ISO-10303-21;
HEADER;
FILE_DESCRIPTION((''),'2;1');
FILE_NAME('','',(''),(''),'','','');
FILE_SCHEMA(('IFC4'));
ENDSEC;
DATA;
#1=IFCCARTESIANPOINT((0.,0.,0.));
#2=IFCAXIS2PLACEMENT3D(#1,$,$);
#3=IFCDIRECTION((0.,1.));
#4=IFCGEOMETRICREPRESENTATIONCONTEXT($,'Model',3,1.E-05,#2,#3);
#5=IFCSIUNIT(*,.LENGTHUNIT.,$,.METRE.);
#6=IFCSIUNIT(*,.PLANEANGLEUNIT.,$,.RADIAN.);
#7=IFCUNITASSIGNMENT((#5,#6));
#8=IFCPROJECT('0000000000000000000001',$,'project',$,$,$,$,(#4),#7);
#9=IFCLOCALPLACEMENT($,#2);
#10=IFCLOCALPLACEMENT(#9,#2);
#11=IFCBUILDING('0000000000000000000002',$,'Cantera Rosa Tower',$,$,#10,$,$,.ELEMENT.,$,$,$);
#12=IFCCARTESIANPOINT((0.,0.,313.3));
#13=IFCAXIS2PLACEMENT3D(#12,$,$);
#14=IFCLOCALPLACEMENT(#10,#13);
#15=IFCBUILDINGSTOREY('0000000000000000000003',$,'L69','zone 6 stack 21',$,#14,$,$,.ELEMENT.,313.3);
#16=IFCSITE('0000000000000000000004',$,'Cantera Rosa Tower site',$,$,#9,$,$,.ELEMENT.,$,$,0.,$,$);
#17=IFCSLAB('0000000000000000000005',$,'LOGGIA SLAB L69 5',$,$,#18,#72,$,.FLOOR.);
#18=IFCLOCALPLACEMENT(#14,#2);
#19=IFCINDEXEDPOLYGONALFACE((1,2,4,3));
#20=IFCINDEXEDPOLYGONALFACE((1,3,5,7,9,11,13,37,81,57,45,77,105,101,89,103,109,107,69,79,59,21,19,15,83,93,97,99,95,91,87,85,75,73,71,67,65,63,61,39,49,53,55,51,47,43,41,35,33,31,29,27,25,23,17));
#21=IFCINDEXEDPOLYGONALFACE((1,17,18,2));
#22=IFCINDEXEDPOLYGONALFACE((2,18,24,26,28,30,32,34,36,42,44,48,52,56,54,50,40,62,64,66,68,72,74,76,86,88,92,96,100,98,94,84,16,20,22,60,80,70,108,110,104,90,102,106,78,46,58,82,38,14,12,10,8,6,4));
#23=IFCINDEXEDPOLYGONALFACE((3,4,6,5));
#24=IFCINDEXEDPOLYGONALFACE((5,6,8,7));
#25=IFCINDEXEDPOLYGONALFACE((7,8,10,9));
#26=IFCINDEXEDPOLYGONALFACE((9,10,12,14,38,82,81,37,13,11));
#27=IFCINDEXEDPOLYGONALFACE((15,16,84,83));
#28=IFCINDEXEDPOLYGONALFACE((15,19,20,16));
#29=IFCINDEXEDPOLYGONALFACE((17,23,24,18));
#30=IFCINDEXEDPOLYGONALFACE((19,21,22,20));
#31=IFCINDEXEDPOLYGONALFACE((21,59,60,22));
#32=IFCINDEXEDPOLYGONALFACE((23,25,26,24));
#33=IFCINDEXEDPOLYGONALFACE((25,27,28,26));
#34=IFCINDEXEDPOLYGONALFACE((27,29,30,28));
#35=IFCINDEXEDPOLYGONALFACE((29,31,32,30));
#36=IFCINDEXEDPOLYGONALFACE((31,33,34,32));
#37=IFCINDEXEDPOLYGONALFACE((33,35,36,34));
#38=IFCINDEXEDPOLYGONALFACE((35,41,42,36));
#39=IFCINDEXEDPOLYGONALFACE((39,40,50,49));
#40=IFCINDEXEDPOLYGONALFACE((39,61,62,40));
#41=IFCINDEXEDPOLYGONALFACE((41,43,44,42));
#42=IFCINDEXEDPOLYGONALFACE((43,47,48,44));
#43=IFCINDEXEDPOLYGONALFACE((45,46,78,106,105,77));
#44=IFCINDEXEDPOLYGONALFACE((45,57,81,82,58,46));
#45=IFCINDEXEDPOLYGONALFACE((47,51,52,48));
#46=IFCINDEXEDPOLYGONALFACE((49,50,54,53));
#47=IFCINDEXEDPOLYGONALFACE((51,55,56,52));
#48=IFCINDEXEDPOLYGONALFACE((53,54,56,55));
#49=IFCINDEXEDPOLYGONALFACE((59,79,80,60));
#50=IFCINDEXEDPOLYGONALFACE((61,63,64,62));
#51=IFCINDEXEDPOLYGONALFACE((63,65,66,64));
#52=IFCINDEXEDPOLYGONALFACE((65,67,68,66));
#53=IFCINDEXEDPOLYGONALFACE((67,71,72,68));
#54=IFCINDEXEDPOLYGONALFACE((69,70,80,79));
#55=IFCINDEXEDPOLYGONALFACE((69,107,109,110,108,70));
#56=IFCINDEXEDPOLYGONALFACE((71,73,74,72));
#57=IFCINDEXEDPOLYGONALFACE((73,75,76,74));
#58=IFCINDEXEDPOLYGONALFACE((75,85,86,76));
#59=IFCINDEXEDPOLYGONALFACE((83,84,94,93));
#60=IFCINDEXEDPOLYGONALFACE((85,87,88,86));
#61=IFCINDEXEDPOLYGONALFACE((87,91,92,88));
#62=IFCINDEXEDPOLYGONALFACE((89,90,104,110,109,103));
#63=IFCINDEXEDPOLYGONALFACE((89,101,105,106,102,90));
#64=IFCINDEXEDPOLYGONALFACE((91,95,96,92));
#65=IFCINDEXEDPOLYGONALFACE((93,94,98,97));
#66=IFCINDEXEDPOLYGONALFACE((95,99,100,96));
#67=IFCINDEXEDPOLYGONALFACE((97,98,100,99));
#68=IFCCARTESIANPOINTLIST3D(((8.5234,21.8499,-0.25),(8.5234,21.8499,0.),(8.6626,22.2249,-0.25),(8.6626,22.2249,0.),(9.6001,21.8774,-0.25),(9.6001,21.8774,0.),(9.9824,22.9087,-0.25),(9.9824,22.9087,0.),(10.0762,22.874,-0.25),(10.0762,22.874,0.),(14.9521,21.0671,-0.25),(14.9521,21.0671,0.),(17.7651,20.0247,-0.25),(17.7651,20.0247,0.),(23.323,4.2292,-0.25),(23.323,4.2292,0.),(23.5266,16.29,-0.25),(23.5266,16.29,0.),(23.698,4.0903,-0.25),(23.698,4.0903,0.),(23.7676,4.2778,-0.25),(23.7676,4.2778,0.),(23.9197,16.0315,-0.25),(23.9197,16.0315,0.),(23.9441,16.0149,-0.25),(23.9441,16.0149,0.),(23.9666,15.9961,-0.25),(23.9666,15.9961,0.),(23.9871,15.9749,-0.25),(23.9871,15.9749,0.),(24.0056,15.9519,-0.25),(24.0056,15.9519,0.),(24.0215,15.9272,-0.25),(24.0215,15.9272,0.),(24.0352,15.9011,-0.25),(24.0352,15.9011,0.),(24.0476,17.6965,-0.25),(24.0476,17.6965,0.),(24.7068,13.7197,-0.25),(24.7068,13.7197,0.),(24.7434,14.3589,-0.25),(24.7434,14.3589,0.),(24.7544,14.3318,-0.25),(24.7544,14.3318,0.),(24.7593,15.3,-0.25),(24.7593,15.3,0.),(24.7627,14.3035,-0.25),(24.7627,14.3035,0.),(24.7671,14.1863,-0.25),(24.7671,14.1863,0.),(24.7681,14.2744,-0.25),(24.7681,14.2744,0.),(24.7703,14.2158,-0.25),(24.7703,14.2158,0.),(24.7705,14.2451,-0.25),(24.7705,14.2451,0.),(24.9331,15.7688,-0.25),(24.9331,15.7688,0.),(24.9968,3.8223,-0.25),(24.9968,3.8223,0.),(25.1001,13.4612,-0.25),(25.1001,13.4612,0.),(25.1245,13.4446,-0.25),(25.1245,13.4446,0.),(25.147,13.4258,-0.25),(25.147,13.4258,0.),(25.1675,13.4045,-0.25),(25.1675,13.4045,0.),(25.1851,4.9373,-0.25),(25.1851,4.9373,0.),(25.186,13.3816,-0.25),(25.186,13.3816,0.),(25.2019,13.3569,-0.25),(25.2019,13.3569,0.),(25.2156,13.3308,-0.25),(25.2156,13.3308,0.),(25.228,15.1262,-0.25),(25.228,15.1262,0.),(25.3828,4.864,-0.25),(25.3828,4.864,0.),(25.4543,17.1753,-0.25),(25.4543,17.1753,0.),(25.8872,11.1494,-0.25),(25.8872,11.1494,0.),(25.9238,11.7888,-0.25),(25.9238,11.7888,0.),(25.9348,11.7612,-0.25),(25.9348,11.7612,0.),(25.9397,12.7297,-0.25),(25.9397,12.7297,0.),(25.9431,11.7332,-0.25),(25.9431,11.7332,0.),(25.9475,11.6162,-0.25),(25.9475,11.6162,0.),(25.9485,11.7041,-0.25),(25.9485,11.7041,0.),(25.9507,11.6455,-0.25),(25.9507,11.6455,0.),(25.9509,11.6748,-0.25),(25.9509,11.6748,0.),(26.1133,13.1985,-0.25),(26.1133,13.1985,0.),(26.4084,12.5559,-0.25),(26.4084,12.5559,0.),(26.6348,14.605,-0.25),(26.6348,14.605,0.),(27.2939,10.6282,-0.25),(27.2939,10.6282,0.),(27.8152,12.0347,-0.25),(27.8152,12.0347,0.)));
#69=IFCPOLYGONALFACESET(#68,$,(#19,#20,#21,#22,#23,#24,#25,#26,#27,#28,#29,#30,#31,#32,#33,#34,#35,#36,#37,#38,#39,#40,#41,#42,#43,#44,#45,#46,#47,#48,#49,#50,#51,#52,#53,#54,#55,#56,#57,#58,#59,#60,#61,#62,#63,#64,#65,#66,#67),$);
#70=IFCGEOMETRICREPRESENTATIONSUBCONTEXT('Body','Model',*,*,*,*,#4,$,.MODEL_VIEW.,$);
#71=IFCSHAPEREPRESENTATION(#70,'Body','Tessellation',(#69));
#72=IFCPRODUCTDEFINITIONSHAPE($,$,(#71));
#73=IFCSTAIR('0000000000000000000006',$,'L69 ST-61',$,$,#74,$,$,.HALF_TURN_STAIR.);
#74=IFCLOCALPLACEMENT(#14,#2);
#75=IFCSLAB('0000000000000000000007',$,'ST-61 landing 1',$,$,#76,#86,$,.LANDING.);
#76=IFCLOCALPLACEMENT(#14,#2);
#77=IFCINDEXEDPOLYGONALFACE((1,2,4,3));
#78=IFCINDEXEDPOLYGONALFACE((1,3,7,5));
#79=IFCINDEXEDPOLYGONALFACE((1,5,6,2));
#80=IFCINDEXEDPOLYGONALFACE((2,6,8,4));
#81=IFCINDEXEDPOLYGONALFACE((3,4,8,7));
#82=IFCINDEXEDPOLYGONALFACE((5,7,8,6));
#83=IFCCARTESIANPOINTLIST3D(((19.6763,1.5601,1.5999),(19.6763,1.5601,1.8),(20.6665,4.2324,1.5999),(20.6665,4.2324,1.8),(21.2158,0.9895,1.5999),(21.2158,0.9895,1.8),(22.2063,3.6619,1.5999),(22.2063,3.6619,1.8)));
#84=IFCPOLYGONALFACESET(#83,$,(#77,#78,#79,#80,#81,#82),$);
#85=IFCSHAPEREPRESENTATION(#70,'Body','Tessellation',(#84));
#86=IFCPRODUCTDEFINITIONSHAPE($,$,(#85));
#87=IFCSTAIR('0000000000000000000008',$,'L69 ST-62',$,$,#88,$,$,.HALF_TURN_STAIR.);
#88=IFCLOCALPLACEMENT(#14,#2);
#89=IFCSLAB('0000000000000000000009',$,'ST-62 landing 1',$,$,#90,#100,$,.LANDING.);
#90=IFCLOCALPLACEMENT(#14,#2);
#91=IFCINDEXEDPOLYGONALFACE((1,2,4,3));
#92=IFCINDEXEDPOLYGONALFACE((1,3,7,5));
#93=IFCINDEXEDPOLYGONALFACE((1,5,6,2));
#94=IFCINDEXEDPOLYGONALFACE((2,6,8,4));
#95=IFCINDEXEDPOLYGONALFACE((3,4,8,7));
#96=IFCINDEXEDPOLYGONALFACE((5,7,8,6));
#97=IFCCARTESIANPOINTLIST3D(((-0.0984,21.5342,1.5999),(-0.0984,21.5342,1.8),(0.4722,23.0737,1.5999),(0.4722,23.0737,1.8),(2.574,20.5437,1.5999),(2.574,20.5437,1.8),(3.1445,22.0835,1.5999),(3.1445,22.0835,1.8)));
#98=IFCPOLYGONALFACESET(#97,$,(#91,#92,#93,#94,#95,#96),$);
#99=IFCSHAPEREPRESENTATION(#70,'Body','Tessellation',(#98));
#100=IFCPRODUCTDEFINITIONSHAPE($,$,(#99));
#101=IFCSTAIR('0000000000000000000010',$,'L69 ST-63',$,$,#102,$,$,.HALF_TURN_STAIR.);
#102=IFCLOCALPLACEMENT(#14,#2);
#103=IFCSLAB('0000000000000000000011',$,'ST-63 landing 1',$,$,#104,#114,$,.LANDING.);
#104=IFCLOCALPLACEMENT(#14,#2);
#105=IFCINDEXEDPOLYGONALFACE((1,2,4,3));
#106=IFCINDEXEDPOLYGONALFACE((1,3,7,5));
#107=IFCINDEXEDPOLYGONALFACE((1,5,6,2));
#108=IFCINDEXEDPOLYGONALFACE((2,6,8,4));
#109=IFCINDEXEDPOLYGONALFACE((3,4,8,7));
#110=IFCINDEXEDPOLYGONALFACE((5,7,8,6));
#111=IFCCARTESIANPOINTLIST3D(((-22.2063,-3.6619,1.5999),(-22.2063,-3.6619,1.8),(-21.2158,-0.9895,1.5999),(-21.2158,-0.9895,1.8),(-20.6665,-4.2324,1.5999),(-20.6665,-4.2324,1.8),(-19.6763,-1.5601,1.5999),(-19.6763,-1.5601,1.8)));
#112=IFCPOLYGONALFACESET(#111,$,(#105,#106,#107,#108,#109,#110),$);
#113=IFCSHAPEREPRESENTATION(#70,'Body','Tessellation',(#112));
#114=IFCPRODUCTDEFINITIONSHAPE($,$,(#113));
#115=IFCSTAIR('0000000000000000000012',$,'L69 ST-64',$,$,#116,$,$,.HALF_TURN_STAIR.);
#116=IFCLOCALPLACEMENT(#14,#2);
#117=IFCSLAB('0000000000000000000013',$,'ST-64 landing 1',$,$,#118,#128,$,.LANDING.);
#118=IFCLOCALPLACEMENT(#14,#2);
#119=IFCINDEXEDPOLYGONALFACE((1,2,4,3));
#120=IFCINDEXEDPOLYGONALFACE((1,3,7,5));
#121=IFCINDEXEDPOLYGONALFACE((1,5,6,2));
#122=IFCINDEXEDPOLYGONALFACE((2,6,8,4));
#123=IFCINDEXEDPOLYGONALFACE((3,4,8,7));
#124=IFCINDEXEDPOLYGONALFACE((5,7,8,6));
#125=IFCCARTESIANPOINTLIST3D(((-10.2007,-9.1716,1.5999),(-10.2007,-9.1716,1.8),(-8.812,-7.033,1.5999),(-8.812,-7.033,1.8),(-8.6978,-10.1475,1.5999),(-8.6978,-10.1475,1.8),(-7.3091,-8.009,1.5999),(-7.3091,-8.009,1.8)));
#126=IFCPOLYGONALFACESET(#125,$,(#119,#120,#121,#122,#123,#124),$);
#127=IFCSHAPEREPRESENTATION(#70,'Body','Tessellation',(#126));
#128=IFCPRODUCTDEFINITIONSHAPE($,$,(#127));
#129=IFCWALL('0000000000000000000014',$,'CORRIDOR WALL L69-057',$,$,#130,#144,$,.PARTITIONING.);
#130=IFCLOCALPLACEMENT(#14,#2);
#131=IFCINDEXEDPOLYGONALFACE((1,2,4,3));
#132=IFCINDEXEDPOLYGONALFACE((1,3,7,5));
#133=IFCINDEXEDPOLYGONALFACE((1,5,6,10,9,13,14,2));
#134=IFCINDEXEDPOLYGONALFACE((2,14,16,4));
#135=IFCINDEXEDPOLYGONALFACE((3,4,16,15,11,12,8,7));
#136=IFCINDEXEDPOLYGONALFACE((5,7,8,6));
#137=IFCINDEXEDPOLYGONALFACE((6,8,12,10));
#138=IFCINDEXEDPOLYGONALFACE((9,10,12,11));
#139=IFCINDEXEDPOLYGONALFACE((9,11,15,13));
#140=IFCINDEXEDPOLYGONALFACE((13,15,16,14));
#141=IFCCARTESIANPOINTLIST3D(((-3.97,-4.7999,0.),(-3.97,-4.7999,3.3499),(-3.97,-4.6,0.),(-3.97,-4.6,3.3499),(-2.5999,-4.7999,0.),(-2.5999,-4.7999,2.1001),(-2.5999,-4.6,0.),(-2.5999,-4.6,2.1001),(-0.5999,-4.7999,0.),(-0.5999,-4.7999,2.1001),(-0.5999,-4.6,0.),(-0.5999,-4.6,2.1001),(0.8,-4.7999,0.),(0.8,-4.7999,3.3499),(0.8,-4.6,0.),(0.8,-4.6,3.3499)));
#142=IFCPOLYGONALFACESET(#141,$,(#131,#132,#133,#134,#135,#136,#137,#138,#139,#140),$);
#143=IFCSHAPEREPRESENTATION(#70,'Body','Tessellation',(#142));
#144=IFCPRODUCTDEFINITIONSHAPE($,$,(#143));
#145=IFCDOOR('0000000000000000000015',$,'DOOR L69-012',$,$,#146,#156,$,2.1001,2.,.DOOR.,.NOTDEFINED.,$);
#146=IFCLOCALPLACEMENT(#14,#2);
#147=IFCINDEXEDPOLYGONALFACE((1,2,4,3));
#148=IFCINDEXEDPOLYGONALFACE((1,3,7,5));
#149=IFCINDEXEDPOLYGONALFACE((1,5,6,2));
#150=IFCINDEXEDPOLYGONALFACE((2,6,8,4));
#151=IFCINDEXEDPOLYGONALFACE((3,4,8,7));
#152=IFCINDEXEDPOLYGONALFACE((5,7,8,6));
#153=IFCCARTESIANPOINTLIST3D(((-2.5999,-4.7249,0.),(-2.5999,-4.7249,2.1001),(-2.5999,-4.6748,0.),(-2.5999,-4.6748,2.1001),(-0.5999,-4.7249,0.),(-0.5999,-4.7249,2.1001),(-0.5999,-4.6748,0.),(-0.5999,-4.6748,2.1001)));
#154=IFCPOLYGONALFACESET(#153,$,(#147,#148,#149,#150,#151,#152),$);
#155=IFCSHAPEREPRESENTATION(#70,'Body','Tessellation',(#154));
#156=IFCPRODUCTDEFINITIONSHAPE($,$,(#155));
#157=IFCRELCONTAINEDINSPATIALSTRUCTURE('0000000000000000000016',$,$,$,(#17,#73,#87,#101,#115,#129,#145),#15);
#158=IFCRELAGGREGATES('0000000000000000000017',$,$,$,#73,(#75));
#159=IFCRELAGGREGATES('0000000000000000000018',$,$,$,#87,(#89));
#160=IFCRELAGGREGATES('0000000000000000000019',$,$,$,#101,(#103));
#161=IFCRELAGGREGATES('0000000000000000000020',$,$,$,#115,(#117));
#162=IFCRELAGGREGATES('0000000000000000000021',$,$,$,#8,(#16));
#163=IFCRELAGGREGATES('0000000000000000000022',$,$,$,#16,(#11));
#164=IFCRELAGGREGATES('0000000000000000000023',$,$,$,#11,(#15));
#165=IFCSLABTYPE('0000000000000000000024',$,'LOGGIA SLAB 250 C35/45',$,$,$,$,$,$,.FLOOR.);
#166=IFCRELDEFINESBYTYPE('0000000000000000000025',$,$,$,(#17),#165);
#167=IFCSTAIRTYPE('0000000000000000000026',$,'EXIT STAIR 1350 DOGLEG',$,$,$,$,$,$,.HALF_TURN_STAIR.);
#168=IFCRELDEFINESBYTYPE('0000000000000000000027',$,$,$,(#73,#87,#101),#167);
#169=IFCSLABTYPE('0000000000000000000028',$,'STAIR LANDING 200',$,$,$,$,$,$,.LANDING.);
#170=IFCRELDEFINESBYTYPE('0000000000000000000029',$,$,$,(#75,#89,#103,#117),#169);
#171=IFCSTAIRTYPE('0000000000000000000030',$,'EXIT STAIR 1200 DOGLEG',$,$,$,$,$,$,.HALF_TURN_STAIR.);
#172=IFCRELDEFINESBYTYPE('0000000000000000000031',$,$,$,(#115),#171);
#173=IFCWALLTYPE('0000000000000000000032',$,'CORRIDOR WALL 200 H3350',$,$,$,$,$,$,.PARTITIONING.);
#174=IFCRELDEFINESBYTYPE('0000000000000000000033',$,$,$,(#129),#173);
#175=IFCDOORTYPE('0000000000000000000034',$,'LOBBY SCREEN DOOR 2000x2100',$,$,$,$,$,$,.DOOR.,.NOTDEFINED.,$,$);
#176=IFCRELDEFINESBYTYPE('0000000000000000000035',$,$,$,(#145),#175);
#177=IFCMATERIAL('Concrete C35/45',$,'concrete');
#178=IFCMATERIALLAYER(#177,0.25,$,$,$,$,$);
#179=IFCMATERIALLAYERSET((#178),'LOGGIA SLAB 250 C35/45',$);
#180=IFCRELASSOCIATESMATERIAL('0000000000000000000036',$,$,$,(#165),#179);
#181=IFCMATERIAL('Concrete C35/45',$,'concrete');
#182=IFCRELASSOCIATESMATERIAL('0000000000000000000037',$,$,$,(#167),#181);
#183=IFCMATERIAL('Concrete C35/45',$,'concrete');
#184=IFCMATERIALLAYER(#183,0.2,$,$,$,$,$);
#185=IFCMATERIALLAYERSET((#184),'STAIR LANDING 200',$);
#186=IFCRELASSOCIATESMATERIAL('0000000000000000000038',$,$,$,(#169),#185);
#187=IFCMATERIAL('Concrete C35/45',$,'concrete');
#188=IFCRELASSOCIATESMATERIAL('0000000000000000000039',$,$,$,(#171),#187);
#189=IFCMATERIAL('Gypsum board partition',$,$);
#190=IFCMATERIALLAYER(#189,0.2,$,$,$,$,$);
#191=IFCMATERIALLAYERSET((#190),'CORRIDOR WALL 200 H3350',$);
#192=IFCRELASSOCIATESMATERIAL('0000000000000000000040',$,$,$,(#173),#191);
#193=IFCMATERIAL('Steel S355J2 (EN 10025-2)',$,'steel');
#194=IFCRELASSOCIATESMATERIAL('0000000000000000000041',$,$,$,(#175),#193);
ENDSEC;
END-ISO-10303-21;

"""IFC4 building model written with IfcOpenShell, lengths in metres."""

from ifc_helpers import new_model, si_unit, direction, frame, frame_2d, origin, place, context, subcontext, project, spatial, polyline, rectangle, outline, extrude, material, layer, layer_set, type_object, element, fill, aggregate, save


model = new_model("IFC4")

# Units and contexts
model_context = context("Model", 3, precision=1e-05, world=origin(), true_north=direction((0.0, 1.0)))
body_context = subcontext(model_context, "Body", "Model", "MODEL_VIEW")
ifc_project = project(units=[si_unit("LENGTHUNIT", "METRE"), si_unit("PLANEANGLEUNIT", "RADIAN")], contexts=[model_context])

# Site, building, storey
site_placement = place(None, origin())
site = spatial("IfcSite", under=ifc_project, at=site_placement, Name="Cantera Rosa Tower site", CompositionType="ELEMENT", RefElevation=0.0)
building_placement = place(site_placement, origin())
building = spatial("IfcBuilding", under=site, at=building_placement, Name="Cantera Rosa Tower", CompositionType="ELEMENT")
storey_placement = place(building_placement, frame((0.0, 0.0, 313.3)))
storey = spatial("IfcBuildingStorey", under=building, at=storey_placement, Name="L69", Description="zone 6 stack 21", CompositionType="ELEMENT", Elevation=313.3)

# Slab
ifc_material_1 = material(Name="Concrete C35/45", Category="concrete")
ifc_layer_1 = layer(ifc_material_1, 0.25)
ifc_layer_set_1 = layer_set([ifc_layer_1], Name="LOGGIA SLAB 250 C35/45")
slab_type_1 = type_object("IfcSlabType", Name="LOGGIA SLAB 250 C35/45", PredefinedType="FLOOR", material=ifc_layer_set_1)
slab_1_placement = place(storey_placement, frame((0.0, 0.0, -0.25)))
element("IfcSlab", 1, at=slab_1_placement, inside=storey, type_object=slab_type_1, Name="LOGGIA SLAB L69 5", PredefinedType="FLOOR", context=body_context, shape_type="SweptSolid", body=[
    extrude(outline(polyline([(17.7651, 20.0247), (24.0476, 17.6965), (25.4543, 17.1753), (24.9331, 15.7688), (24.7593, 15.3), (25.228, 15.1262), (26.6348, 14.605), (26.1133, 13.1985), (25.9397, 12.7297), (26.4084, 12.5559), (27.8152, 12.0347), (27.2939, 10.6282), (25.1851, 4.9373), (25.3828, 4.864), (24.9968, 3.8223), (23.7676, 4.2778), (23.698, 4.0903), (23.323, 4.2292), (25.8872, 11.1494), (25.9475, 11.6162), (25.9507, 11.6455), (25.9509, 11.6748), (25.9485, 11.7041), (25.9431, 11.7332), (25.9348, 11.7612), (25.9238, 11.7888), (25.2156, 13.3308), (25.2019, 13.3569), (25.186, 13.3816), (25.1675, 13.4045), (25.147, 13.4258), (25.1245, 13.4446), (25.1001, 13.4612), (24.7068, 13.7197), (24.7671, 14.1863), (24.7703, 14.2158), (24.7705, 14.2451), (24.7681, 14.2744), (24.7627, 14.3035), (24.7544, 14.3318), (24.7434, 14.3589), (24.0352, 15.9011), (24.0215, 15.9272), (24.0056, 15.9519), (23.9871, 15.9749), (23.9666, 15.9961), (23.9441, 16.0149), (23.9197, 16.0315), (23.5266, 16.29), (8.5234, 21.8499), (8.6626, 22.2249), (9.6001, 21.8774), (9.9824, 22.9087), (10.0762, 22.874), (14.9521, 21.0671), (17.7651, 20.0247)])), origin(), (0.0, 0.0, 1.0), 0.25),
])

# Stairs, slabs
ifc_material_2 = material(Name="Concrete C35/45", Category="concrete")
stair_type_1 = type_object("IfcStairType", Name="EXIT STAIR 1350 DOGLEG", PredefinedType="HALF_TURN_STAIR", material=ifc_material_2)
stair_1_placement = place(storey_placement, origin())
stair_1 = element("IfcStair", 2, at=stair_1_placement, inside=storey, type_object=stair_type_1, Name="L69 ST-61", PredefinedType="HALF_TURN_STAIR")
ifc_material_3 = material(Name="Concrete C35/45", Category="concrete")
ifc_layer_2 = layer(ifc_material_3, 0.2)
ifc_layer_set_2 = layer_set([ifc_layer_2], Name="STAIR LANDING 200")
slab_type_2 = type_object("IfcSlabType", Name="STAIR LANDING 200", PredefinedType="LANDING", material=ifc_layer_set_2)
slab_2_placement = place(storey_placement, frame((0.0, 0.0, 1.5999)))
slab_2 = element("IfcSlab", 3, at=slab_2_placement, type_object=slab_type_2, Name="ST-61 landing 1", PredefinedType="LANDING", context=body_context, shape_type="SweptSolid", body=[
    extrude(outline(polyline([(19.6763, 1.5601), (21.2158, 0.9895), (22.2063, 3.6619), (20.6665, 4.2324), (19.6763, 1.5601)])), origin(), (0.0, 0.0, 1.0), 0.2002),
])
aggregate(stair_1, [slab_2])
stair_2_placement = place(storey_placement, origin())
stair_2 = element("IfcStair", 4, at=stair_2_placement, inside=storey, type_object=stair_type_1, Name="L69 ST-62", PredefinedType="HALF_TURN_STAIR")
slab_3_placement = place(storey_placement, frame((0.0, 0.0, 1.5999)))
slab_3 = element("IfcSlab", 5, at=slab_3_placement, type_object=slab_type_2, Name="ST-62 landing 1", PredefinedType="LANDING", context=body_context, shape_type="SweptSolid", body=[
    extrude(outline(polyline([(2.574, 20.5437), (3.1445, 22.0835), (0.4722, 23.0737), (-0.0984, 21.5342), (2.574, 20.5437)])), origin(), (0.0, 0.0, 1.0), 0.2002),
])
aggregate(stair_2, [slab_3])
stair_3_placement = place(storey_placement, origin())
stair_3 = element("IfcStair", 6, at=stair_3_placement, inside=storey, type_object=stair_type_1, Name="L69 ST-63", PredefinedType="HALF_TURN_STAIR")
slab_4_placement = place(storey_placement, frame((0.0, 0.0, 1.5999)))
slab_4 = element("IfcSlab", 7, at=slab_4_placement, type_object=slab_type_2, Name="ST-63 landing 1", PredefinedType="LANDING", context=body_context, shape_type="SweptSolid", body=[
    extrude(outline(polyline([(-19.6763, -1.5601), (-21.2158, -0.9895), (-22.2063, -3.6619), (-20.6665, -4.2324), (-19.6763, -1.5601)])), origin(), (0.0, 0.0, 1.0), 0.2002),
])
aggregate(stair_3, [slab_4])
ifc_material_4 = material(Name="Concrete C35/45", Category="concrete")
stair_type_2 = type_object("IfcStairType", Name="EXIT STAIR 1200 DOGLEG", PredefinedType="HALF_TURN_STAIR", material=ifc_material_4)
stair_4_placement = place(storey_placement, origin())
stair_4 = element("IfcStair", 8, at=stair_4_placement, inside=storey, type_object=stair_type_2, Name="L69 ST-64", PredefinedType="HALF_TURN_STAIR")
slab_5_placement = place(storey_placement, frame((0.0, 0.0, 1.5999)))
slab_5 = element("IfcSlab", 9, at=slab_5_placement, type_object=slab_type_2, Name="ST-64 landing 1", PredefinedType="LANDING", context=body_context, shape_type="SweptSolid", body=[
    extrude(outline(polyline([(-7.3091, -8.009), (-8.812, -7.033), (-10.2007, -9.1716), (-8.6978, -10.1475), (-7.3091, -8.009)])), origin(), (0.0, 0.0, 1.0), 0.2002),
])
aggregate(stair_4, [slab_5])

# Wall, opening, door
ifc_material_5 = material(Name="Gypsum board partition")
ifc_layer_3 = layer(ifc_material_5, 0.2)
ifc_layer_set_3 = layer_set([ifc_layer_3], Name="CORRIDOR WALL 200 H3350")
wall_type_1 = type_object("IfcWallType", Name="CORRIDOR WALL 200 H3350", PredefinedType="PARTITIONING", material=ifc_layer_set_3)
wall_1_placement = place(storey_placement, frame((0.8, -4.7, 0.0), z_axis=(0.0, 0.0, 1.0), x_axis=(-1.0, 0.0, 0.0)))
wall_1 = element("IfcWall", 10, at=wall_1_placement, inside=storey, type_object=wall_type_1, Name="CORRIDOR WALL L69-057", PredefinedType="PARTITIONING", context=body_context, shape_type="SweptSolid", body=[
    extrude(rectangle(XDim=4.77, YDim=0.2, at=frame_2d((2.385, 0.0))), origin(), (0.0, 0.0, 1.0), 3.3499),
])
opening_1_placement = place(wall_1_placement, frame((1.3999, 0.0, 0.0)))
opening_1 = element("IfcOpeningElement", 11, at=opening_1_placement, cuts=wall_1, PredefinedType="OPENING", context=body_context, shape_type="SweptSolid", body=[
    extrude(rectangle(XDim=2.0, YDim=2.1001, at=frame_2d((1.0, 1.05))), frame((0.0, 0.1099, 0.0), z_axis=(0.0, -1.0, 0.0), x_axis=(1.0, 0.0, 0.0)), (0.0, 0.0, 1.0), 0.22),
])
ifc_material_6 = material(Name="Steel S355J2 (EN 10025-2)", Category="steel")
door_type_1 = type_object("IfcDoorType", Name="LOBBY SCREEN DOOR 2000x2100", OperationType="NOTDEFINED", PredefinedType="DOOR", material=ifc_material_6)
door_1_placement = place(opening_1_placement, origin())
door_1 = element("IfcDoor", 12, at=door_1_placement, inside=storey, type_object=door_type_1, Name="DOOR L69-012", OperationType="NOTDEFINED", OverallHeight=2.1001, OverallWidth=2.0, PredefinedType="DOOR", context=body_context, shape_type="SweptSolid", body=[
    extrude(rectangle(XDim=2.0, YDim=2.1001, at=frame_2d((1.0, 1.05))), frame((0.0, 0.0249, 0.0), z_axis=(0.0, -1.0, 0.0), x_axis=(1.0, 0.0, 0.0)), (0.0, 0.0, 1.0), 0.05),
])
fill(opening_1, door_1)

save(model, "model.ifc")
